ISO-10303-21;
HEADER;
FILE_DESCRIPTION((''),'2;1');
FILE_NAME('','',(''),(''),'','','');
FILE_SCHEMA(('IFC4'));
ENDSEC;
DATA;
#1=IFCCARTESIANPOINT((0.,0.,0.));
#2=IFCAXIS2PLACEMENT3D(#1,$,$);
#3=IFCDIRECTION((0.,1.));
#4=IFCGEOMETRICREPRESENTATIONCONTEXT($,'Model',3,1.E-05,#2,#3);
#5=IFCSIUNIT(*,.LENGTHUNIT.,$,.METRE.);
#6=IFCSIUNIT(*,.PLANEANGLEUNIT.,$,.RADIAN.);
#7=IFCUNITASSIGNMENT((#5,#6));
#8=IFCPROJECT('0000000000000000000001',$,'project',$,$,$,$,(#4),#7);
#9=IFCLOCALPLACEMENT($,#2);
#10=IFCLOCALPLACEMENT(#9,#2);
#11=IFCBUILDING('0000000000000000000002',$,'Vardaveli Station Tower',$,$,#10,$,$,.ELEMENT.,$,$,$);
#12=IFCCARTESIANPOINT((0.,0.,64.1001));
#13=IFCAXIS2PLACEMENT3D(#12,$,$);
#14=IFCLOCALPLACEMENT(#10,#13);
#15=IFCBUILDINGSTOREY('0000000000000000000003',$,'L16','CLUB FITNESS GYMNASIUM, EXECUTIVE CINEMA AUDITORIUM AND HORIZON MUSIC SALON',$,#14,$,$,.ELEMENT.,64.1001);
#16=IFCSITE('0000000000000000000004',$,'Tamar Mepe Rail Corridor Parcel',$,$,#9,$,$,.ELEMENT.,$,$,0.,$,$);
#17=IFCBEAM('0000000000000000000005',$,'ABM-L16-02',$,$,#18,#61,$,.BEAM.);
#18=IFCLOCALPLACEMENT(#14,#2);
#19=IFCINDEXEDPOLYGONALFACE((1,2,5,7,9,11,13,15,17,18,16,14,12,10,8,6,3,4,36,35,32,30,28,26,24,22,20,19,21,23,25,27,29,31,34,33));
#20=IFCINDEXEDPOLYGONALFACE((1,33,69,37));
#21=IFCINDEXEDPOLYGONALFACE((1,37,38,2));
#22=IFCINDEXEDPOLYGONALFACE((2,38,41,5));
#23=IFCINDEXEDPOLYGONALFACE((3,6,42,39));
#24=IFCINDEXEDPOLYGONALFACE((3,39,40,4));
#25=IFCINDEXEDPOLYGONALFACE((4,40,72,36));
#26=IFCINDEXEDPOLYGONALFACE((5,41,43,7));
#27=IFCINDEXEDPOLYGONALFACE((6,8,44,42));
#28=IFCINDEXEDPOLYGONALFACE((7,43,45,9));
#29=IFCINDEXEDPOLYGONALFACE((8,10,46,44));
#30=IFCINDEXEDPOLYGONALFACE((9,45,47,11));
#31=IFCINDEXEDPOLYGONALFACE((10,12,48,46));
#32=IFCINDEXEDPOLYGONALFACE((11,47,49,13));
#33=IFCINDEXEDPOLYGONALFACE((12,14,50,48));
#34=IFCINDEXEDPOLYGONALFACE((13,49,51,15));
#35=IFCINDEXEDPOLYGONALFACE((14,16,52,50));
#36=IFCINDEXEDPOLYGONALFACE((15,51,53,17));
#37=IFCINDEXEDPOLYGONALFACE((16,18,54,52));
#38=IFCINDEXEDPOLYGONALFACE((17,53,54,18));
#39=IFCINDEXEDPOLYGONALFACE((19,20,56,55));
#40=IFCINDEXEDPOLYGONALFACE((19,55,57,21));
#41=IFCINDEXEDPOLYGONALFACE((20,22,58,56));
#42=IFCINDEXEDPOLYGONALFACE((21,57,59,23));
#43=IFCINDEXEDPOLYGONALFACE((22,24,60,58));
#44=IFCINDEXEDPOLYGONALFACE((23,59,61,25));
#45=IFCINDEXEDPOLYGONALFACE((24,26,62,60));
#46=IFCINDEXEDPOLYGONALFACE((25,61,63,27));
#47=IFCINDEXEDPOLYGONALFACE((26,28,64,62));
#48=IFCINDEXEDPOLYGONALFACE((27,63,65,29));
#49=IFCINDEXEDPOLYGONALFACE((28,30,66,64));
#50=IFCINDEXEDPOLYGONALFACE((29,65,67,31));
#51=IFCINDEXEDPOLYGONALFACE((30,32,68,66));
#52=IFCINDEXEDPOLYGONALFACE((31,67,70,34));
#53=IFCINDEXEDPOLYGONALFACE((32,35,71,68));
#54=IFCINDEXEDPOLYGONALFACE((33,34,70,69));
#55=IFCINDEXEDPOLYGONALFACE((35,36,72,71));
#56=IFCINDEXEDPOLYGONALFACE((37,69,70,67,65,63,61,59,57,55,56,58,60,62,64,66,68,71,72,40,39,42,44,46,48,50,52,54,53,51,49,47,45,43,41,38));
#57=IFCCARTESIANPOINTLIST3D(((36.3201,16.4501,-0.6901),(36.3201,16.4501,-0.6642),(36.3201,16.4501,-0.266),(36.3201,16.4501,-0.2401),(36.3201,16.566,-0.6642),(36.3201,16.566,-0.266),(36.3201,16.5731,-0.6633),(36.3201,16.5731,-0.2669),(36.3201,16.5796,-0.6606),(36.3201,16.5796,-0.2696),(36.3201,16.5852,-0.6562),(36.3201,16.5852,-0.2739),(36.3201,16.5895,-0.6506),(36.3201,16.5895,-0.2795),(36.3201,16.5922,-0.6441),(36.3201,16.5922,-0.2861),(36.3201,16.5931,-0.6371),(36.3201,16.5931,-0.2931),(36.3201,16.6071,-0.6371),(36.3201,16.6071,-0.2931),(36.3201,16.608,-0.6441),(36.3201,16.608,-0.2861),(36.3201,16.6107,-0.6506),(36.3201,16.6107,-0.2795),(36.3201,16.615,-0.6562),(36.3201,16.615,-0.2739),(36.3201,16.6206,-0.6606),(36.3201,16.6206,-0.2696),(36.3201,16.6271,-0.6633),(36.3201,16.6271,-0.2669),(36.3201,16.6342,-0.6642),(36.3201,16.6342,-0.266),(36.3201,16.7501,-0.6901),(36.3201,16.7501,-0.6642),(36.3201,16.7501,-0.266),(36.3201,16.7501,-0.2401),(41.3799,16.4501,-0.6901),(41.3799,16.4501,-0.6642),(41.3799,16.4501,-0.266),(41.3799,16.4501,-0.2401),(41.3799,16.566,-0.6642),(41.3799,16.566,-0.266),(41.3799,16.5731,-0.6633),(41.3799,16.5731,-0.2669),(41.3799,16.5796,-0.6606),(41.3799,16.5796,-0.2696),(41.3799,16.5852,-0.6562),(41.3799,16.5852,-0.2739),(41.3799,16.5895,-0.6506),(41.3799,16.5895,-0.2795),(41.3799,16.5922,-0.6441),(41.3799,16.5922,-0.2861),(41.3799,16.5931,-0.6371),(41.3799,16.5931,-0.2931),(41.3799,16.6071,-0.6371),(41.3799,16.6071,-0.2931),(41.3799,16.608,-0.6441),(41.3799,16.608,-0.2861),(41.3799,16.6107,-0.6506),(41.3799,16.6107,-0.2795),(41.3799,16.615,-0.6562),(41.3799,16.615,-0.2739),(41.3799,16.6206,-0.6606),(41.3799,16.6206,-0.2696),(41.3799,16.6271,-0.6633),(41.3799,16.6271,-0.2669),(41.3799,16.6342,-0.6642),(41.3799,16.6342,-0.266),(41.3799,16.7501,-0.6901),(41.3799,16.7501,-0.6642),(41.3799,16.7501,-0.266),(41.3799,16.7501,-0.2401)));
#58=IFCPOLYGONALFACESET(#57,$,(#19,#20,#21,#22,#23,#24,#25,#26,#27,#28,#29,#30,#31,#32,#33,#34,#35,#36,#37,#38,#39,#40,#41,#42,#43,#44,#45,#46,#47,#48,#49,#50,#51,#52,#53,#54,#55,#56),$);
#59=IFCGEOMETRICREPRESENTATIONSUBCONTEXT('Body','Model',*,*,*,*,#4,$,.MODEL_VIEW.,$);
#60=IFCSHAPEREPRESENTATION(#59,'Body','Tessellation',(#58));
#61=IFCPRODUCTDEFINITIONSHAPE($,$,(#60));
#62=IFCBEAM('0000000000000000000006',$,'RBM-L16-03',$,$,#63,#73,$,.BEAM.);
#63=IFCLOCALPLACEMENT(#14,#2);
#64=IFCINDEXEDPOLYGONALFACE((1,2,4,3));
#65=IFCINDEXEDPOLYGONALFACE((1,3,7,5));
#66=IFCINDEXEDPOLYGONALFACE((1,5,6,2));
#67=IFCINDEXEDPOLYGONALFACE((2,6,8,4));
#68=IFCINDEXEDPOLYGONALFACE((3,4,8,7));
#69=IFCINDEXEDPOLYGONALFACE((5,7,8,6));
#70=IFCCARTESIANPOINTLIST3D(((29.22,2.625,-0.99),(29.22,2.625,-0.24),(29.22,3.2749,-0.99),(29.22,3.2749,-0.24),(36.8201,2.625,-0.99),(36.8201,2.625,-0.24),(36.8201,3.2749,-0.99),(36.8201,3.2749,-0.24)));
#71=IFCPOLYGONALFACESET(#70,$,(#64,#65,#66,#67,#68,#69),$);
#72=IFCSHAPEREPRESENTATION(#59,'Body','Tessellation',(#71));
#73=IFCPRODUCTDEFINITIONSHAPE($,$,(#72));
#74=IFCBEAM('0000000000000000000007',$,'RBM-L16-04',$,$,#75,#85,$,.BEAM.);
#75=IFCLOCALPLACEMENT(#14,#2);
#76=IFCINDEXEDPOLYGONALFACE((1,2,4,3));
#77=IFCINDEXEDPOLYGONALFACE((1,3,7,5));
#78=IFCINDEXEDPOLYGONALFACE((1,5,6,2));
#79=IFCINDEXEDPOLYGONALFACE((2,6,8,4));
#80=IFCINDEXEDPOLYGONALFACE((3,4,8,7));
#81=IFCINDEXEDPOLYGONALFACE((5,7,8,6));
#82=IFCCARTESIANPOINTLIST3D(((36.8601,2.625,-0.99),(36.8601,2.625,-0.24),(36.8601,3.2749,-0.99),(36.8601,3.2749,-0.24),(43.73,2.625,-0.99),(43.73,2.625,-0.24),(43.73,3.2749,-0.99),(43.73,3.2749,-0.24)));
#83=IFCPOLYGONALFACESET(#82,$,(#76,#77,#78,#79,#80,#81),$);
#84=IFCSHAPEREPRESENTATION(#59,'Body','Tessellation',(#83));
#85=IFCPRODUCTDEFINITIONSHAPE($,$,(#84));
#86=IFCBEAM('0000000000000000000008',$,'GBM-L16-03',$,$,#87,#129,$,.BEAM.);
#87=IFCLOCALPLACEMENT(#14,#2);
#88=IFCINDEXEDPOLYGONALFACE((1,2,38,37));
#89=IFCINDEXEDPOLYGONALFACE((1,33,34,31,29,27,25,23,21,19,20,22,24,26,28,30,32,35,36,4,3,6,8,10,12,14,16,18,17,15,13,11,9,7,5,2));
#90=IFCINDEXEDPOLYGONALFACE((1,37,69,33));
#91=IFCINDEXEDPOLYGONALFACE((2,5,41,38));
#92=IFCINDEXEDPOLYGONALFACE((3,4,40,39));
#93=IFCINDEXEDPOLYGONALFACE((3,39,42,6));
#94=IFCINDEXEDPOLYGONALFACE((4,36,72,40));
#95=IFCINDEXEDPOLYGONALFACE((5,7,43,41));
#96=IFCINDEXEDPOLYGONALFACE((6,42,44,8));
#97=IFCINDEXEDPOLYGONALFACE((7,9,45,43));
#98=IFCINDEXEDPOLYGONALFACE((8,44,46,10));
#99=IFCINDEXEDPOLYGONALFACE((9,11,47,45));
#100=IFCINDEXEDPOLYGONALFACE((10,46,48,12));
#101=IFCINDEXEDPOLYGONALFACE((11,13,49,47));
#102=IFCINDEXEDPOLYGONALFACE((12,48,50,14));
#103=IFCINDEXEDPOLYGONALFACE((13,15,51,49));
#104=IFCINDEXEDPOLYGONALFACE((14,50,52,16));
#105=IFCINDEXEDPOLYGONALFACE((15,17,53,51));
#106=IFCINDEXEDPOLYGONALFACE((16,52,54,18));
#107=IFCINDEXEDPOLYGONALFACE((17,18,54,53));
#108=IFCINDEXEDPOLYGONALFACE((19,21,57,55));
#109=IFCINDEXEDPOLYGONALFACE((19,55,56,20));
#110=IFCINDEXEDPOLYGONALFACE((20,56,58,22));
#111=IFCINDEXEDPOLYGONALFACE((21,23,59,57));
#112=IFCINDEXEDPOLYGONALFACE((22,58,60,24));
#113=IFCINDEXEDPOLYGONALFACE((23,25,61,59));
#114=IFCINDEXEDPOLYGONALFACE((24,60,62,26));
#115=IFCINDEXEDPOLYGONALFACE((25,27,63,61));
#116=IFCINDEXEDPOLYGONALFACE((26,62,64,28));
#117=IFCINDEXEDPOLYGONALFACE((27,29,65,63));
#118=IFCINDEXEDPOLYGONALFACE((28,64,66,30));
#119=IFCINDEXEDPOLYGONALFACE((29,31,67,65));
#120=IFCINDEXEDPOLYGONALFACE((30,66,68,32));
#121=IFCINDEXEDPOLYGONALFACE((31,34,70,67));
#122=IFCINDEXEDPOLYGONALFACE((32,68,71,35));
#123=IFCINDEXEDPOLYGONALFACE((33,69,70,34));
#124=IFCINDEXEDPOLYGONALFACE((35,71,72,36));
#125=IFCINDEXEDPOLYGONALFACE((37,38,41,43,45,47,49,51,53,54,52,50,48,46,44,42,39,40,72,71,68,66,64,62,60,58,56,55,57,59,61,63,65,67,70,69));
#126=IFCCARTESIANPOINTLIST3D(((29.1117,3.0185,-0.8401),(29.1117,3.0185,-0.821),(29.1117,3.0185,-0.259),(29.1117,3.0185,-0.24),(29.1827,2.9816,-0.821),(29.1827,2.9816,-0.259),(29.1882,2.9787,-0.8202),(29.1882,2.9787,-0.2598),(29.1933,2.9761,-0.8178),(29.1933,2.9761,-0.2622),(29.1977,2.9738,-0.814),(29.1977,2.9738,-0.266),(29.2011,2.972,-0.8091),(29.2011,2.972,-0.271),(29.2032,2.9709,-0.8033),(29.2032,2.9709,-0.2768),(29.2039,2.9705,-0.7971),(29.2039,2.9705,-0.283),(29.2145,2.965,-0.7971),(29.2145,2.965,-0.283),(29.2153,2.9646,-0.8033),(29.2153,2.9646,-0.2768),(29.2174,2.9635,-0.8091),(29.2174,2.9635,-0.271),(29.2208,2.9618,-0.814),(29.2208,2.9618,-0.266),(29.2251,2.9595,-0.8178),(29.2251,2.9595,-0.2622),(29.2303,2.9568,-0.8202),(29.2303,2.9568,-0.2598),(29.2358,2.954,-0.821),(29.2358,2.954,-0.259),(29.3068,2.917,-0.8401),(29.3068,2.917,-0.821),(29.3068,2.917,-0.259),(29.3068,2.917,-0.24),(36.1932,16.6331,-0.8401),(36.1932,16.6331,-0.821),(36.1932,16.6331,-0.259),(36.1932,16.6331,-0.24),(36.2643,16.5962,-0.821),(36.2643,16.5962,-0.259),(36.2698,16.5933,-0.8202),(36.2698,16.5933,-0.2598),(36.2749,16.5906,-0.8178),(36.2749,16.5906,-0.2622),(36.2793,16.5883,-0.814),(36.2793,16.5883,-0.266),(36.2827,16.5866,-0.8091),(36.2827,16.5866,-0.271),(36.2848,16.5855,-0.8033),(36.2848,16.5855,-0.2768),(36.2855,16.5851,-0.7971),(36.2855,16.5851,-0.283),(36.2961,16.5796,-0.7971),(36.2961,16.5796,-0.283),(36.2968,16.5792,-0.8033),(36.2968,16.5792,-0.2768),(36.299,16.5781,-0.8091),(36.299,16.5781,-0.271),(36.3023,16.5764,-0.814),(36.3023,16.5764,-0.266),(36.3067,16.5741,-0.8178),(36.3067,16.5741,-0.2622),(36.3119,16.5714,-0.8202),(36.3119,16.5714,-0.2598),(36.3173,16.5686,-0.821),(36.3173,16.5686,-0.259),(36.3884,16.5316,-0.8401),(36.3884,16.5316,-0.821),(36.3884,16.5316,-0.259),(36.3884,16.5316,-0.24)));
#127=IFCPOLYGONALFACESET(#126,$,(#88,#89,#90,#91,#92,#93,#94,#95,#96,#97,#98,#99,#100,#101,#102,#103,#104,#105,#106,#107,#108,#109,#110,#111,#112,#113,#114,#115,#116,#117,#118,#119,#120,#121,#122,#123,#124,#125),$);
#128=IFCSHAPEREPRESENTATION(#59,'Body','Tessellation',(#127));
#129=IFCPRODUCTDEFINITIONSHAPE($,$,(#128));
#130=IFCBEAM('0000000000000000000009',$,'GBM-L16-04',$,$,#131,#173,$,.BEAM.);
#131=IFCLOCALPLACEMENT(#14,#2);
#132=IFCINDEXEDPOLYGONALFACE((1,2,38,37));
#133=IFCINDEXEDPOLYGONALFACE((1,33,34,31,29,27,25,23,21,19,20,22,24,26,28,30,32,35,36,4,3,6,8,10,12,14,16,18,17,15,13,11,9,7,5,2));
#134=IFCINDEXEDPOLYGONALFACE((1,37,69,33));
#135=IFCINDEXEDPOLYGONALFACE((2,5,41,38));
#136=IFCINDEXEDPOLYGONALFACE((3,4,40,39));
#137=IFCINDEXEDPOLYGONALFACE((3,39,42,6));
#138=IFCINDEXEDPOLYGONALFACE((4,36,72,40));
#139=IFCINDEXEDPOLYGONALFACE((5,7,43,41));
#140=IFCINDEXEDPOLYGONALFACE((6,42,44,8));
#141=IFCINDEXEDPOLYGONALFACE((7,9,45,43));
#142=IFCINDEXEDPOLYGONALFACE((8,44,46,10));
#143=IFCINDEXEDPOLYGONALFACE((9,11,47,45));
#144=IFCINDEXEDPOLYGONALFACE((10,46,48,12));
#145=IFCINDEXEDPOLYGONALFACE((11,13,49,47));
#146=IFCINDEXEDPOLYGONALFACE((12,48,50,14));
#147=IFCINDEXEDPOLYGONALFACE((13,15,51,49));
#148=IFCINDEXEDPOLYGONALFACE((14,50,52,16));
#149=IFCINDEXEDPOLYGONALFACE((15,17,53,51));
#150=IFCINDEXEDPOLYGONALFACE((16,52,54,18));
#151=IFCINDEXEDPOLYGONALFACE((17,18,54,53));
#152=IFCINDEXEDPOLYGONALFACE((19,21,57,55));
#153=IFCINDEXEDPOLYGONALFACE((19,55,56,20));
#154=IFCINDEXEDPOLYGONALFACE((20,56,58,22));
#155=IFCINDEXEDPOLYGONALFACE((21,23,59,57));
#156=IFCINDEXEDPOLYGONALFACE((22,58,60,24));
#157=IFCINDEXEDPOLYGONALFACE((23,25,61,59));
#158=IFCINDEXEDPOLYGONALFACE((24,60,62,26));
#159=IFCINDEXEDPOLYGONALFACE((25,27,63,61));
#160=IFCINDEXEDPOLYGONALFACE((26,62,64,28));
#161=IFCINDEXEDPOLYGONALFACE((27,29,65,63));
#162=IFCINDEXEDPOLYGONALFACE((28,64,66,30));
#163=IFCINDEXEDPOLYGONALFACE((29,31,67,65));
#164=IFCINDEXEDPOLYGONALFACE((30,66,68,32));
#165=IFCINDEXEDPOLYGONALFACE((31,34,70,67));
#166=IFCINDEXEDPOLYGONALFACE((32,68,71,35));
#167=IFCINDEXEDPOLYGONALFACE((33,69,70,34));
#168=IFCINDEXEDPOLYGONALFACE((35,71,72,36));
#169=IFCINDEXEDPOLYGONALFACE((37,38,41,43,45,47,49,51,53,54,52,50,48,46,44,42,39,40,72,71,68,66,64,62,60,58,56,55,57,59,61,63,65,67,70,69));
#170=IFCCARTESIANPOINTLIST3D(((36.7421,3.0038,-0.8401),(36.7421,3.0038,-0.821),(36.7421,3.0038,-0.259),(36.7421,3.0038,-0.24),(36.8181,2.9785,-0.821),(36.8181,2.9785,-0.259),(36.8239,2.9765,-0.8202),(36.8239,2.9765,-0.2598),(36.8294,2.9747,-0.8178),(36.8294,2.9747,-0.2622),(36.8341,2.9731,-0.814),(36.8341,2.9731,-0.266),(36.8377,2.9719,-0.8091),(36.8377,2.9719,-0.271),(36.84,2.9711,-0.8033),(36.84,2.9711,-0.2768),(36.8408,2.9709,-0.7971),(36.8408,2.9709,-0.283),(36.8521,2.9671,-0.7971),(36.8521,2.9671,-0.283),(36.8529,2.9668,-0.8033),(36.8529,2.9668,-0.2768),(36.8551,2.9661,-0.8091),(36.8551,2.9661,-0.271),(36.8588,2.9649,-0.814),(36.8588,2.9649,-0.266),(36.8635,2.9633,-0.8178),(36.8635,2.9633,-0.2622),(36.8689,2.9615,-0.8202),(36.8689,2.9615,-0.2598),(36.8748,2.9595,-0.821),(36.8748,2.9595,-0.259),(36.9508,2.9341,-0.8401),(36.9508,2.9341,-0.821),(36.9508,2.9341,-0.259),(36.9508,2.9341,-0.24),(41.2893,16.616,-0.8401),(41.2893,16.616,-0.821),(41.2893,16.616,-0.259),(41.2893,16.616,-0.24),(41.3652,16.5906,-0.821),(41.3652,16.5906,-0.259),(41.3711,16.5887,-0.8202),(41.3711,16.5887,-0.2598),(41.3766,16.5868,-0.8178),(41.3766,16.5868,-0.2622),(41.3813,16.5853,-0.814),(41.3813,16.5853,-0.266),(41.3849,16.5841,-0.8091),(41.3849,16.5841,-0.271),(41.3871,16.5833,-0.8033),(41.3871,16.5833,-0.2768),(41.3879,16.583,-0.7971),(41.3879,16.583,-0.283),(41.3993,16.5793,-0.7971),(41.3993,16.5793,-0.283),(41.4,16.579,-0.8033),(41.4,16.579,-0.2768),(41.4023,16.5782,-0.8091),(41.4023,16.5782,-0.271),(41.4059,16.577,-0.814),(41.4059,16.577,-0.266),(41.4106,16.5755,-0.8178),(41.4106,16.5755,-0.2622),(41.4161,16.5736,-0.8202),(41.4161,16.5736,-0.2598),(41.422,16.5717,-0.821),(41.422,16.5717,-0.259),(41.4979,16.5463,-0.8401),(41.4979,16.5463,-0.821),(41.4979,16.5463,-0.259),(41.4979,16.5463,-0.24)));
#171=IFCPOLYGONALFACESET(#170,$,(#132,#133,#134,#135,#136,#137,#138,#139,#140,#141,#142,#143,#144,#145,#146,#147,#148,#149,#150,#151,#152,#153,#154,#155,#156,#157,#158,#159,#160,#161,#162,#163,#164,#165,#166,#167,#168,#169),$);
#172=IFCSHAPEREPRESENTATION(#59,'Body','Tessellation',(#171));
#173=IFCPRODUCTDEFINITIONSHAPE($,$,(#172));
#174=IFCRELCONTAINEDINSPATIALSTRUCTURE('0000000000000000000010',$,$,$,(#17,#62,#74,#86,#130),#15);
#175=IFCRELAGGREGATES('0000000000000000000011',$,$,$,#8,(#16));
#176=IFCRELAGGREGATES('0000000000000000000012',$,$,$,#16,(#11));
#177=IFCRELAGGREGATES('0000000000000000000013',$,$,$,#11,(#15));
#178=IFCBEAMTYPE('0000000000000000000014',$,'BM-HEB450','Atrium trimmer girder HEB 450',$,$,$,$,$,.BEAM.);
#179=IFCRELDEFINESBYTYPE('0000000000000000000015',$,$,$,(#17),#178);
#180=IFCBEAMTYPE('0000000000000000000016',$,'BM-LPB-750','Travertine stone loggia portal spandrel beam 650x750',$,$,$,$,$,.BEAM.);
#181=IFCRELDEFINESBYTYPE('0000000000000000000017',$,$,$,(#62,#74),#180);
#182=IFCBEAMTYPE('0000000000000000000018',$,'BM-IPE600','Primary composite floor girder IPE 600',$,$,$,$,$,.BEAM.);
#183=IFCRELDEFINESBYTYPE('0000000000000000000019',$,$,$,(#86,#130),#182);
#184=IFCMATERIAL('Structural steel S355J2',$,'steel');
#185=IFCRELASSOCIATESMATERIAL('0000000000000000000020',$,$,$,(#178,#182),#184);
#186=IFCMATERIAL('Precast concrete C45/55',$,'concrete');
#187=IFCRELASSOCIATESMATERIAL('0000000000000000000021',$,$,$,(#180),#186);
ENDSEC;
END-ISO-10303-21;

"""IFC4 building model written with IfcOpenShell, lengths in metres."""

from ifc_helpers import new_model, si_unit, direction, frame, origin, origin_2d, place, context, subcontext, project, spatial, rectangle, i_section, extrude, source, transform, mapped, material, material_profile, profile_set, type_object, element, save


model = new_model("IFC4")

# Units and contexts
model_context = context("Model", 3, precision=1e-05, world=origin(), true_north=direction((0.0, 1.0)))
body_context = subcontext(model_context, "Body", "Model", "MODEL_VIEW")
ifc_project = project(units=[si_unit("LENGTHUNIT", "METRE"), si_unit("PLANEANGLEUNIT", "RADIAN")], contexts=[model_context])

# Site, building, storey
site_placement = place(None, origin())
site = spatial("IfcSite", under=ifc_project, at=site_placement, Name="Tamar Mepe Rail Corridor Parcel", CompositionType="ELEMENT", RefElevation=0.0)
building_placement = place(site_placement, origin())
building = spatial("IfcBuilding", under=site, at=building_placement, Name="Vardaveli Station Tower", CompositionType="ELEMENT")
storey_placement = place(building_placement, frame((0.0, 0.0, 64.1001)))
storey = spatial("IfcBuildingStorey", under=building, at=storey_placement, Name="L16", Description="CLUB FITNESS GYMNASIUM, EXECUTIVE CINEMA AUDITORIUM AND HORIZON MUSIC SALON", CompositionType="ELEMENT", Elevation=64.1001)

# Beams
ifc_material_1 = material(Name="Structural steel S355J2", Category="steel")
ifc_material_profile_1 = material_profile(ifc_material_1, i_section(OverallWidth=0.3, OverallDepth=0.45, WebThickness=0.0139, FlangeThickness=0.0259, FilletRadius=0.0271, at=origin_2d()), Name="HEB 450")
ifc_profile_set_1 = profile_set([ifc_material_profile_1], Name="Structural steel S355J2")
beam_type_1 = type_object("IfcBeamType", Name="BM-HEB450", Description="Atrium trimmer girder HEB 450", PredefinedType="BEAM", material=ifc_profile_set_1)
shared_shape_1 = source(origin(), body_context, "Body", "SweptSolid", [
    extrude(i_section(OverallWidth=0.3, OverallDepth=0.45, WebThickness=0.0139, FlangeThickness=0.0259, FilletRadius=0.0271, at=origin_2d()), origin(), (0.0, 0.0, 1.0), 5.0598),
])
beam_1_placement = place(storey_placement, frame((36.3201, 16.6001, -0.4651), z_axis=(1.0, 0.0, 0.0), x_axis=(0.0, 1.0, 0.0)))
element("IfcBeam", 1, at=beam_1_placement, inside=storey, type_object=beam_type_1, Name="ABM-L16-02", PredefinedType="BEAM", context=body_context, shape_type="MappedRepresentation", body=[
    mapped(shared_shape_1, transform((0.0, 0.0, 0.0), scale=1.0)),
])
ifc_material_2 = material(Name="Precast concrete C45/55", Category="concrete")
ifc_material_profile_2 = material_profile(ifc_material_2, rectangle(XDim=0.6499, YDim=0.75, at=origin_2d()), Name="LPB 650x750")
ifc_profile_set_2 = profile_set([ifc_material_profile_2], Name="Precast concrete C45/55")
beam_type_2 = type_object("IfcBeamType", Name="BM-LPB-750", Description="Travertine stone loggia portal spandrel beam 650x750", PredefinedType="BEAM", material=ifc_profile_set_2)
shared_shape_2 = source(origin(), body_context, "Body", "SweptSolid", [
    extrude(rectangle(XDim=0.6499, YDim=0.75, at=origin_2d()), origin(), (0.0, 0.0, 1.0), 7.6001),
])
beam_2_placement = place(storey_placement, frame((29.22, 2.95, -0.615), z_axis=(1.0, 0.0, 0.0), x_axis=(0.0, 1.0, 0.0)))
element("IfcBeam", 2, at=beam_2_placement, inside=storey, type_object=beam_type_2, Name="RBM-L16-03", PredefinedType="BEAM", context=body_context, shape_type="MappedRepresentation", body=[
    mapped(shared_shape_2, transform((0.0, 0.0, 0.0), scale=1.0)),
])
shared_shape_3 = source(origin(), body_context, "Body", "SweptSolid", [
    extrude(rectangle(XDim=0.6499, YDim=0.75, at=origin_2d()), origin(), (0.0, 0.0, 1.0), 6.8699),
])
beam_3_placement = place(storey_placement, frame((36.8601, 2.95, -0.615), z_axis=(1.0, 0.0, 0.0), x_axis=(0.0, 1.0, 0.0)))
element("IfcBeam", 3, at=beam_3_placement, inside=storey, type_object=beam_type_2, Name="RBM-L16-04", PredefinedType="BEAM", context=body_context, shape_type="MappedRepresentation", body=[
    mapped(shared_shape_3, transform((0.0, 0.0, 0.0), scale=1.0)),
])
ifc_material_profile_3 = material_profile(ifc_material_1, i_section(OverallWidth=0.22, OverallDepth=0.6001, WebThickness=0.012, FlangeThickness=0.019, FilletRadius=0.0239, at=origin_2d()), Name="IPE 600")
ifc_profile_set_3 = profile_set([ifc_material_profile_3], Name="Structural steel S355J2")
beam_type_3 = type_object("IfcBeamType", Name="BM-IPE600", Description="Primary composite floor girder IPE 600", PredefinedType="BEAM", material=ifc_profile_set_3)
shared_shape_4 = source(origin(), body_context, "Body", "SweptSolid", [
    extrude(i_section(OverallWidth=0.22, OverallDepth=0.6001, WebThickness=0.012, FlangeThickness=0.019, FilletRadius=0.0239, at=origin_2d()), origin(), (0.0, 0.0, 1.0), 15.3462),
])
beam_4_placement = place(storey_placement, frame((29.2092, 2.9678, -0.54), z_axis=(0.461455, 0.887163, 0.0), x_axis=(-0.887163, 0.461455, 0.0)))
element("IfcBeam", 4, at=beam_4_placement, inside=storey, type_object=beam_type_3, Name="GBM-L16-03", PredefinedType="BEAM", context=body_context, shape_type="MappedRepresentation", body=[
    mapped(shared_shape_4, transform((0.0, 0.0, 0.0), scale=1.0)),
])
shared_shape_5 = source(origin(), body_context, "Body", "SweptSolid", [
    extrude(i_section(OverallWidth=0.22, OverallDepth=0.6001, WebThickness=0.012, FlangeThickness=0.019, FilletRadius=0.0239, at=origin_2d()), origin(), (0.0, 0.0, 1.0), 14.3516),
])
beam_5_placement = place(storey_placement, frame((36.8464, 2.969, -0.54), z_axis=(0.31684, 0.948479, 0.0), x_axis=(-0.948479, 0.31684, 0.0)))
element("IfcBeam", 5, at=beam_5_placement, inside=storey, type_object=beam_type_3, Name="GBM-L16-04", PredefinedType="BEAM", context=body_context, shape_type="MappedRepresentation", body=[
    mapped(shared_shape_5, transform((0.0, 0.0, 0.0), scale=1.0)),
])

save(model, "model.ifc")
